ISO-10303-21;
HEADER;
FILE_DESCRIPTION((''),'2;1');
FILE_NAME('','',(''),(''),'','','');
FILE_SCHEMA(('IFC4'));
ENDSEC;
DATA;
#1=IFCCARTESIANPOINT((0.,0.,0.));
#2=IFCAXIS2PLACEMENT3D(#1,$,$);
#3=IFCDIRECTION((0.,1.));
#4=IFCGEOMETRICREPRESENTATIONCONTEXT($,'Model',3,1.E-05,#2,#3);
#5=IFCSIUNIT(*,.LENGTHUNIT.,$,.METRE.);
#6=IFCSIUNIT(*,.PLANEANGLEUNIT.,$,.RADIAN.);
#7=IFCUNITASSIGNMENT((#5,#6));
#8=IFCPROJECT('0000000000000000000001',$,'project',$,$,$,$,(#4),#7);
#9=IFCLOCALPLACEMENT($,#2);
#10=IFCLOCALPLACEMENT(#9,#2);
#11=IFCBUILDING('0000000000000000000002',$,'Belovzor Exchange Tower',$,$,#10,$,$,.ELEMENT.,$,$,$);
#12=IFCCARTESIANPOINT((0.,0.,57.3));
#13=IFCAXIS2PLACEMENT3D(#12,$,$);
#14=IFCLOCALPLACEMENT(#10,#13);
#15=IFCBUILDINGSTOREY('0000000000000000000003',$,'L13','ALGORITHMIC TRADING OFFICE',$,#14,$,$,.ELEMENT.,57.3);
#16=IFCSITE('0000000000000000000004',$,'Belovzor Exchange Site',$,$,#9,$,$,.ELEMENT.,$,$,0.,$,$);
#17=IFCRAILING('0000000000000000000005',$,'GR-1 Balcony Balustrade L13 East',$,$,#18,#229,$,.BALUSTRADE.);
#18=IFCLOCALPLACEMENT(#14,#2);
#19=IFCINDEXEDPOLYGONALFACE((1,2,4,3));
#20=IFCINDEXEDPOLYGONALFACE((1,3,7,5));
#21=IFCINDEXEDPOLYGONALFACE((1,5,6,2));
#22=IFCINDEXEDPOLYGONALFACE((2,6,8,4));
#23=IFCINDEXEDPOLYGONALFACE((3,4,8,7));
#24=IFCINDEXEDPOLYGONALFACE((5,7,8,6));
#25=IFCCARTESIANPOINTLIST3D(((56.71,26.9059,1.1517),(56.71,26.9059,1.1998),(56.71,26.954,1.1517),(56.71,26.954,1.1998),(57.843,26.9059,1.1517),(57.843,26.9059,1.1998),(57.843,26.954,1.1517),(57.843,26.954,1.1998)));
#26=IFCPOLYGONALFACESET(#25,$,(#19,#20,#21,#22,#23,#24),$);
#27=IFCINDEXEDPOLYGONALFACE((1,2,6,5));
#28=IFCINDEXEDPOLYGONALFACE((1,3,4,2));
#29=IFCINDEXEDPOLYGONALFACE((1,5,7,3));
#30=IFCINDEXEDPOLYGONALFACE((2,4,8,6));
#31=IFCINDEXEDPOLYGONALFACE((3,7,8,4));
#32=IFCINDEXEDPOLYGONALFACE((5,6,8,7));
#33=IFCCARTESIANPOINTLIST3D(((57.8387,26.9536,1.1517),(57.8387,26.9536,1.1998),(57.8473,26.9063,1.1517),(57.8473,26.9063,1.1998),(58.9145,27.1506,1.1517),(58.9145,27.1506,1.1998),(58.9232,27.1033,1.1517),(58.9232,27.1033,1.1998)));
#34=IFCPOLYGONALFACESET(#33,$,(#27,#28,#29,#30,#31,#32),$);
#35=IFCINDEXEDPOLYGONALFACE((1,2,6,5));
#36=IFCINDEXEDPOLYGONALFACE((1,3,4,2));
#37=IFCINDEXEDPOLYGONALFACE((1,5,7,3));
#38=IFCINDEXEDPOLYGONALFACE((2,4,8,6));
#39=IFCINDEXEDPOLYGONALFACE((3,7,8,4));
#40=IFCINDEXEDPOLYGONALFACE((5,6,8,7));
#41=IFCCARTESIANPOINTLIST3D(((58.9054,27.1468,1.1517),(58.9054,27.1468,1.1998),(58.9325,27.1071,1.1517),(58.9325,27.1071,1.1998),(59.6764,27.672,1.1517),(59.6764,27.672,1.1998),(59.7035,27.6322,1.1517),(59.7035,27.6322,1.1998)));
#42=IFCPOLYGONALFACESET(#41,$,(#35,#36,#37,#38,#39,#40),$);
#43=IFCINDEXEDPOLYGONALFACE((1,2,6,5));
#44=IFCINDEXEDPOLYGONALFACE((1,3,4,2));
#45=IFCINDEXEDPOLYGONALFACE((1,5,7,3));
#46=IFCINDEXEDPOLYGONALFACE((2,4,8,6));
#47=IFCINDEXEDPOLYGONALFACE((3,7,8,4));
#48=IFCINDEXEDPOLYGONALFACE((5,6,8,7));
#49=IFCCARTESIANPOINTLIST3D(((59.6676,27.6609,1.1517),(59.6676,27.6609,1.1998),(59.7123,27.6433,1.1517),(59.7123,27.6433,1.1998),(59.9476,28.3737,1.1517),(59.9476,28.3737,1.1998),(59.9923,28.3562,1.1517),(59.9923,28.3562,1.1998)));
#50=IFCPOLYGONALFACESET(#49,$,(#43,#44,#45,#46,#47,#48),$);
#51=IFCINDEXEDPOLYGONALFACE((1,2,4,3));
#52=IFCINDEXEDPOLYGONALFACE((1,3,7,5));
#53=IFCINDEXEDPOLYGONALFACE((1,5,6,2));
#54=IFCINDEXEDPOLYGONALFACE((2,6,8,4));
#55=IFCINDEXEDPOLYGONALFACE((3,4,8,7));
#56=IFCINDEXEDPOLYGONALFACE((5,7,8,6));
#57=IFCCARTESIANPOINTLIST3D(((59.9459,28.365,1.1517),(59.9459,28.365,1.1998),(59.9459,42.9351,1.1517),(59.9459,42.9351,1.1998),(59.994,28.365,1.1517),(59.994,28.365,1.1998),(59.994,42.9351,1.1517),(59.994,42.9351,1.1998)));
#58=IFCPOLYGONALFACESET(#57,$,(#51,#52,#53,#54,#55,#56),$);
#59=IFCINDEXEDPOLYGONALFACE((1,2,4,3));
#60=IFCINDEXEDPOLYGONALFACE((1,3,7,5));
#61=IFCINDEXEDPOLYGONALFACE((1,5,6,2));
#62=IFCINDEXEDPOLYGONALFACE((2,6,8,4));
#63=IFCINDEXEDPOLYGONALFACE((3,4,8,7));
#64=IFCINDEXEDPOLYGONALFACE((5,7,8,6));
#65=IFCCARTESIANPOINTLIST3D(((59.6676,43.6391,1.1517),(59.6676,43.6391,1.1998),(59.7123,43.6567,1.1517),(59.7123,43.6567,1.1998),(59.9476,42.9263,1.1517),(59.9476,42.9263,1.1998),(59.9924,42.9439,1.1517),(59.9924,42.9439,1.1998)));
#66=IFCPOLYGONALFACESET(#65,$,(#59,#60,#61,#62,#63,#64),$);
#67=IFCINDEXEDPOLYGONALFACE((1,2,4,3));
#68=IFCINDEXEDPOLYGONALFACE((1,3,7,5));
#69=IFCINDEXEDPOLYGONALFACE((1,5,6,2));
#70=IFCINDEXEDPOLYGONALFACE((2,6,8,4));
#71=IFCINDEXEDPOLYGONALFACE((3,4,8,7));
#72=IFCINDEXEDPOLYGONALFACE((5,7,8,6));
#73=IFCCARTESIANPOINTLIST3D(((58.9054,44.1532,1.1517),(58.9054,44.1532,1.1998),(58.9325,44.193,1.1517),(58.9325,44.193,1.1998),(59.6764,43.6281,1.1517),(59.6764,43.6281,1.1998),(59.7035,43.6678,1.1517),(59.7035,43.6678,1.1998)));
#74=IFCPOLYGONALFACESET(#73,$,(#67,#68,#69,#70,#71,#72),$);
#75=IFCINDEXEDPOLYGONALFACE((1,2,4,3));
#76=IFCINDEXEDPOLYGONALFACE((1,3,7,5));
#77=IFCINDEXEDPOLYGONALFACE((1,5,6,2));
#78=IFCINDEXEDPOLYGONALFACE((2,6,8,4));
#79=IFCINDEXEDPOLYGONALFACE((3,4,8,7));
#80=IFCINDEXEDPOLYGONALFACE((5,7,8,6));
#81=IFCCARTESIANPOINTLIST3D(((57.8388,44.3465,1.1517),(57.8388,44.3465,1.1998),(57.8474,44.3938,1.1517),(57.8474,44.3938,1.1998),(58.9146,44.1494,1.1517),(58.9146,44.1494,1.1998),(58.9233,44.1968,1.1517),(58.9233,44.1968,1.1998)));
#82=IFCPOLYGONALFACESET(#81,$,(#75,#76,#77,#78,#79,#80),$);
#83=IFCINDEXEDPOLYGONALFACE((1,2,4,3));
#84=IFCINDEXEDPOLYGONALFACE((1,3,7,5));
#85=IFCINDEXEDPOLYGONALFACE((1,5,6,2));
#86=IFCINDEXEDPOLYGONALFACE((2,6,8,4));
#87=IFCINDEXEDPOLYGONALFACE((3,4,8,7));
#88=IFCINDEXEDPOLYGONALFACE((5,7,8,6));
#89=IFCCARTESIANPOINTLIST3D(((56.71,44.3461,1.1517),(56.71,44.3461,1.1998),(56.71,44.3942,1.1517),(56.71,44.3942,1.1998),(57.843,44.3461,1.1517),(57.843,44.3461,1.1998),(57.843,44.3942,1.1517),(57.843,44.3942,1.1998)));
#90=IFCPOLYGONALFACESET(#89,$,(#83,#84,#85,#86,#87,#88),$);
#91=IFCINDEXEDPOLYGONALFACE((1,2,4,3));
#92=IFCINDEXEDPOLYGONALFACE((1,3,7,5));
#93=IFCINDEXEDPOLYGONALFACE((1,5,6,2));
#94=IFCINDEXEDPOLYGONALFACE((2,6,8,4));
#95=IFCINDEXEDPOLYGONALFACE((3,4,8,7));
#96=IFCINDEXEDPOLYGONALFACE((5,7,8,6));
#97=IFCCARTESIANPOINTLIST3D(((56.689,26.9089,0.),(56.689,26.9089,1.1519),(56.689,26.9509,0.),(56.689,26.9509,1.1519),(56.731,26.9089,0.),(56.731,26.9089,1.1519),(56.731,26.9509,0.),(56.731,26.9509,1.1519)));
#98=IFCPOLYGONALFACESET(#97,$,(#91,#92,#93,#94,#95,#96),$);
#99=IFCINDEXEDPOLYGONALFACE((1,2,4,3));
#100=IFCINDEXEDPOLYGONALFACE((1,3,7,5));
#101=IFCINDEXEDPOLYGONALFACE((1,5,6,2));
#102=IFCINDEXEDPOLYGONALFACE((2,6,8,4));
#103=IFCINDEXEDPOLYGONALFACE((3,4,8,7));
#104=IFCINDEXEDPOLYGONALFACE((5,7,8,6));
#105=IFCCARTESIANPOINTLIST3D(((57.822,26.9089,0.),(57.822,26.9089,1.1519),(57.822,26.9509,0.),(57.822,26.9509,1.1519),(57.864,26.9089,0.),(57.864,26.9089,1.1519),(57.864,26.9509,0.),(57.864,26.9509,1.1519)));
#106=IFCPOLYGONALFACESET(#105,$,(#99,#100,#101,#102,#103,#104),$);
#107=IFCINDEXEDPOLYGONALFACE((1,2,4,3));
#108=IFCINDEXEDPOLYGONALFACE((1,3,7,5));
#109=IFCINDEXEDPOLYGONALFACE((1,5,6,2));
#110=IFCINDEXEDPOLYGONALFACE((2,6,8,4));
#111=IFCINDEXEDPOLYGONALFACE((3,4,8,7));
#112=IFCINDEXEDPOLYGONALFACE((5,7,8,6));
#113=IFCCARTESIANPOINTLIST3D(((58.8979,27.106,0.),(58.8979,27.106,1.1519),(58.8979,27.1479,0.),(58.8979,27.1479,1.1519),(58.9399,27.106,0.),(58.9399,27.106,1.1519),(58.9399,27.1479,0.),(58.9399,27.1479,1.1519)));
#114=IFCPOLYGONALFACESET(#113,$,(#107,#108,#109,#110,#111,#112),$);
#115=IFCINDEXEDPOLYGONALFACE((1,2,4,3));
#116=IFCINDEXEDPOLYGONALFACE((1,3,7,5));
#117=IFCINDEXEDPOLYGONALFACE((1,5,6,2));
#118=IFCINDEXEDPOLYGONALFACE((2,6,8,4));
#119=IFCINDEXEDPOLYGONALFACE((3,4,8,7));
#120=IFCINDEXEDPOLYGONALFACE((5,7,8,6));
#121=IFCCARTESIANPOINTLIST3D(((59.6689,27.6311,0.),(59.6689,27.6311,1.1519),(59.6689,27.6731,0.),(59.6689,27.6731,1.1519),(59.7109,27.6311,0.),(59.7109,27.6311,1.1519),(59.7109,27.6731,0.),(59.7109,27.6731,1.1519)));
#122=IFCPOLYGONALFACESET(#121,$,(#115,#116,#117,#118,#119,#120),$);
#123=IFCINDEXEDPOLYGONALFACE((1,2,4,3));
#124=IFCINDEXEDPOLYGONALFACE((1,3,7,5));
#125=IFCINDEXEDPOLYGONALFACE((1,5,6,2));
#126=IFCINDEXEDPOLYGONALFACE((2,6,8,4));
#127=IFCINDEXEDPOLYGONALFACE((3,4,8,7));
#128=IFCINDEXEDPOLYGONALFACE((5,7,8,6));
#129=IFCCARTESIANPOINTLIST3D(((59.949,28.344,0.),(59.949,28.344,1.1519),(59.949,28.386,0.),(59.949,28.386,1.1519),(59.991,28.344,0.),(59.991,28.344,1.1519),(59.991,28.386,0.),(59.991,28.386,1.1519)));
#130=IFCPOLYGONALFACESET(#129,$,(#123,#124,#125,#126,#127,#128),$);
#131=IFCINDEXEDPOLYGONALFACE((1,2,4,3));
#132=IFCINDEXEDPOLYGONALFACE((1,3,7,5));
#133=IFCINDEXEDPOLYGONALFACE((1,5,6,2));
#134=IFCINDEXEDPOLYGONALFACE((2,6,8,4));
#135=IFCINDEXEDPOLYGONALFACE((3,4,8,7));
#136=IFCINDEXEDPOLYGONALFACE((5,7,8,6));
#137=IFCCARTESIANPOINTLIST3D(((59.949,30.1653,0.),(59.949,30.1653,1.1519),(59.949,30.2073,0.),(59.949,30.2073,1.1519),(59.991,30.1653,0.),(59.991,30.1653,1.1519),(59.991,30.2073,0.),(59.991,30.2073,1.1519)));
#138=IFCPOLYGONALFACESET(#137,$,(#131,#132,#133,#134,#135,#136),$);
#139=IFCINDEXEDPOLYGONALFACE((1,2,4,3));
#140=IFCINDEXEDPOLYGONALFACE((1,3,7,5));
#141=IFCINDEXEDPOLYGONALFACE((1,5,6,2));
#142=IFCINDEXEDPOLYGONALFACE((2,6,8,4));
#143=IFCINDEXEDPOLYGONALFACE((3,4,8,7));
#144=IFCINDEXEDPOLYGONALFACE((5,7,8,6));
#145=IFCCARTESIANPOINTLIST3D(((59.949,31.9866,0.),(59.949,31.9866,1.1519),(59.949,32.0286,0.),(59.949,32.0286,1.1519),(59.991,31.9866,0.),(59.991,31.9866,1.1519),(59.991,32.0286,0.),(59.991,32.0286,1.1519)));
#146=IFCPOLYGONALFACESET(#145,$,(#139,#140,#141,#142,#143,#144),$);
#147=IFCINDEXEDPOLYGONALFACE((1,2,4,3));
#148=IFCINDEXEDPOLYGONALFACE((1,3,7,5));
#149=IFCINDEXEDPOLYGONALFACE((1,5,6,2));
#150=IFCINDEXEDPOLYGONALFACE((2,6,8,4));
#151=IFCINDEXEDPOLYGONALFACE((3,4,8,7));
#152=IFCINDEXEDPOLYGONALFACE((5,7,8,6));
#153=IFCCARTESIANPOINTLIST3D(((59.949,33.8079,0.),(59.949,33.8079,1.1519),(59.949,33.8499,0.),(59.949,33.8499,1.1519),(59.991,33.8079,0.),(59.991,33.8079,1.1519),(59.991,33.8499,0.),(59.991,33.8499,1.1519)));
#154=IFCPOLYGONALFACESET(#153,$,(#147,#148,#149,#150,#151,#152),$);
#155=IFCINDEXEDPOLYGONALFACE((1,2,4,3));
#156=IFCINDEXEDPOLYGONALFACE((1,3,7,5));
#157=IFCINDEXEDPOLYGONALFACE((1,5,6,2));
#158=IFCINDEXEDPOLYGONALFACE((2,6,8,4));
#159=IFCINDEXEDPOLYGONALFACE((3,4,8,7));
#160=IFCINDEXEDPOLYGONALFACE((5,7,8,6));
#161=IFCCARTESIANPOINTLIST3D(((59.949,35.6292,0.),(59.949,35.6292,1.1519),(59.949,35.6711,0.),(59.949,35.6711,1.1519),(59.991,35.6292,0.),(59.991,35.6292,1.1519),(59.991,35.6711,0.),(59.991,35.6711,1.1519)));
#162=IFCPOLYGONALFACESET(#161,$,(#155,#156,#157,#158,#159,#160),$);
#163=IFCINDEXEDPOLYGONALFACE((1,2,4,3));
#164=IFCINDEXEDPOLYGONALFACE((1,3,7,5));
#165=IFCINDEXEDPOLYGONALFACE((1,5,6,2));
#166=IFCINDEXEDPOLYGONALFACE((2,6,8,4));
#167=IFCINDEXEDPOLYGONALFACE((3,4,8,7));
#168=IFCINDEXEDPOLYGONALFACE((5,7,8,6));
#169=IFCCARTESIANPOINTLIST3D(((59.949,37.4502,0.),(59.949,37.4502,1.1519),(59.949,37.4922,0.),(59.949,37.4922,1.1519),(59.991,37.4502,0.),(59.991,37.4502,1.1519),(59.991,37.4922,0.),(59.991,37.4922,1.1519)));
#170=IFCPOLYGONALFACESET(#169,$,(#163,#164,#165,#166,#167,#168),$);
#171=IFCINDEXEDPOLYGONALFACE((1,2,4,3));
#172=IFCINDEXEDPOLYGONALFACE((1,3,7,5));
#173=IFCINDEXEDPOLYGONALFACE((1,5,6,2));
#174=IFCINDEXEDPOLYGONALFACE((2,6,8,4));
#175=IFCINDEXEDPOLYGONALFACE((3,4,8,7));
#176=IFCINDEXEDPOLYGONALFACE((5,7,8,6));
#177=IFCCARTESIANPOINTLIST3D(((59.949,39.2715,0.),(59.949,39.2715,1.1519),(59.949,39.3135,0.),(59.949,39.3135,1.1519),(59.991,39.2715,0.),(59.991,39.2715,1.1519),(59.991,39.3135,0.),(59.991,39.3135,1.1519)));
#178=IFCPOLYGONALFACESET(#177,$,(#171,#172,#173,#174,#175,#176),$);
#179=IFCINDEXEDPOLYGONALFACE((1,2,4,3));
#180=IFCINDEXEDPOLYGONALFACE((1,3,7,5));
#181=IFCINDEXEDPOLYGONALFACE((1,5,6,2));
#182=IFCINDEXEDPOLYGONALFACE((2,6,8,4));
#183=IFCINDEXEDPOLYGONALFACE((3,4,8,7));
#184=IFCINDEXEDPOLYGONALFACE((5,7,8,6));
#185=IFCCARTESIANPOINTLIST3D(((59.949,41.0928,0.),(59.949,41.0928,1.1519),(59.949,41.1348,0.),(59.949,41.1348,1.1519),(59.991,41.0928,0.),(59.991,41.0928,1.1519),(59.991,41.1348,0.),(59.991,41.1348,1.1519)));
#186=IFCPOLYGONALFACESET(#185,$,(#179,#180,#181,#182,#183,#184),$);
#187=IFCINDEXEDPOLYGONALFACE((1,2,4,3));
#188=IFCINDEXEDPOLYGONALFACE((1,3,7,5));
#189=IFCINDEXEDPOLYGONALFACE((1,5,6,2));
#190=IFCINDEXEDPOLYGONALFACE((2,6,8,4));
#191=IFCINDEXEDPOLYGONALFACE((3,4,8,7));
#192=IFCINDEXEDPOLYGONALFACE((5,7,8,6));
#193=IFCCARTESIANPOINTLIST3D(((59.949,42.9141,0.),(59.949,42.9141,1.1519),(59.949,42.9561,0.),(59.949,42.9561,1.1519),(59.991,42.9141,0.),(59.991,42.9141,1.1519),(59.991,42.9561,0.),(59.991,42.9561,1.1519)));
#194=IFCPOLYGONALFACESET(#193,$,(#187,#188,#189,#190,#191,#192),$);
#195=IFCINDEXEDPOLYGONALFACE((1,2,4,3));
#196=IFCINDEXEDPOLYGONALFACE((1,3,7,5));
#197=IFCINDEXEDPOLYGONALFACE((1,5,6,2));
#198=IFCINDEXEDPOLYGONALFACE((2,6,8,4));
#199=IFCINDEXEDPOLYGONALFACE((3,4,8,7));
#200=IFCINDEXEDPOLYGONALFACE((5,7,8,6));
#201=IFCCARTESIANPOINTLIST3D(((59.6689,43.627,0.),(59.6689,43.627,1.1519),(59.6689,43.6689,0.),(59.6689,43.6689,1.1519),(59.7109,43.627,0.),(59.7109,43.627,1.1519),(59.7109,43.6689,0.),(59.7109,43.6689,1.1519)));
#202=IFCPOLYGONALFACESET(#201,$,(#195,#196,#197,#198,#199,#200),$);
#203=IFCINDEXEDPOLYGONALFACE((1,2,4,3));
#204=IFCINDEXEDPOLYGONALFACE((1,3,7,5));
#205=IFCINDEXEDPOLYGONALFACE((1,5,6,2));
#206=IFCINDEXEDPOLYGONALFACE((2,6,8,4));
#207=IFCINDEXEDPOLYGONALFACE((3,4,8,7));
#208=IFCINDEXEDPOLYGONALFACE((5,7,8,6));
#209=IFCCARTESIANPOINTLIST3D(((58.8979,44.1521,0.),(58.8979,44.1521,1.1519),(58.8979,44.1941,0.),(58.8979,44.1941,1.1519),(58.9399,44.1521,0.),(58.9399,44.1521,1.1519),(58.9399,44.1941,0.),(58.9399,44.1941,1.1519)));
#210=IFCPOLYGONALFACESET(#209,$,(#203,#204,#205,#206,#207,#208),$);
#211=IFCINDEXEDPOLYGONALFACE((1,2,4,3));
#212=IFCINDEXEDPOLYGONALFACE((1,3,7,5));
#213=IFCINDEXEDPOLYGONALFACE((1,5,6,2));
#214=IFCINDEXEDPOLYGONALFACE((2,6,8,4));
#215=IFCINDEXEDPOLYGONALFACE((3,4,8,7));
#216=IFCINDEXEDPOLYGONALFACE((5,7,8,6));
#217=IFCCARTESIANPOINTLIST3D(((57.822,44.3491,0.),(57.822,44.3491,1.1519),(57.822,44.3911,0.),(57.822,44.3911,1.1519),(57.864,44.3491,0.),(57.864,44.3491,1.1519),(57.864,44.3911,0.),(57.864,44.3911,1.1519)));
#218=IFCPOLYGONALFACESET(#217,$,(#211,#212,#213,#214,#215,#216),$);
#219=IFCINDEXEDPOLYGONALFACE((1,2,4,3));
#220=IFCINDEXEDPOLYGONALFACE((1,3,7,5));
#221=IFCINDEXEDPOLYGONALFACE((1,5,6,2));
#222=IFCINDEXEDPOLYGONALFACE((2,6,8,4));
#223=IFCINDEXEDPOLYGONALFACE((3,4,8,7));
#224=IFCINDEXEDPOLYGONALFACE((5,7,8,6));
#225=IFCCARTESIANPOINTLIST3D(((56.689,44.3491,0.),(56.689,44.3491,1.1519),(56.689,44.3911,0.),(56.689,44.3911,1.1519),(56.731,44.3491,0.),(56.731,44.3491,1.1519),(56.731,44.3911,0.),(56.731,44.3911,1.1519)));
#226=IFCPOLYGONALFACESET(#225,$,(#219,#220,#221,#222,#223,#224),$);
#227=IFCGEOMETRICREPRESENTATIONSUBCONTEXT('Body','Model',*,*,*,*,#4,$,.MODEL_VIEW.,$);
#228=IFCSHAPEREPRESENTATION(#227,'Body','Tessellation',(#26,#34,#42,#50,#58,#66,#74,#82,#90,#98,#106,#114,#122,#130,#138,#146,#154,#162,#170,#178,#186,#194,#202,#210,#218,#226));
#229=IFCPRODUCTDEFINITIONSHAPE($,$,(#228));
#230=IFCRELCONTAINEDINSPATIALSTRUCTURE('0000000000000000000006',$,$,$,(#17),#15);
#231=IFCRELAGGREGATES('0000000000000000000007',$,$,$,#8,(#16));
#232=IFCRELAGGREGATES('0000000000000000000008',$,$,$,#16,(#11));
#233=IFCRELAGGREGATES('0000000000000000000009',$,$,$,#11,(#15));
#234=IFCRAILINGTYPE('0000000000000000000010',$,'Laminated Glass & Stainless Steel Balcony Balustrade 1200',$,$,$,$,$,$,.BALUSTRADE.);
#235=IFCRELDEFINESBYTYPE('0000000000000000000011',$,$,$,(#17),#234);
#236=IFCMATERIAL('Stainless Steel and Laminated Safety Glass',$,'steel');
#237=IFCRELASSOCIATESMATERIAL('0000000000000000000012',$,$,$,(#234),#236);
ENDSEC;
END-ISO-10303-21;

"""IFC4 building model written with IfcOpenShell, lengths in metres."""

from ifc_helpers import new_model, si_unit, direction, frame, origin, origin_2d, place, context, subcontext, project, spatial, rectangle, extrude, material, type_object, element, save


model = new_model("IFC4")

# Units and contexts
model_context = context("Model", 3, precision=1e-05, world=origin(), true_north=direction((0.0, 1.0)))
body_context = subcontext(model_context, "Body", "Model", "MODEL_VIEW")
ifc_project = project(units=[si_unit("LENGTHUNIT", "METRE"), si_unit("PLANEANGLEUNIT", "RADIAN")], contexts=[model_context])

# Site, building, storey
site_placement = place(None, origin())
site = spatial("IfcSite", under=ifc_project, at=site_placement, Name="Belovzor Exchange Site", CompositionType="ELEMENT", RefElevation=0.0)
building_placement = place(site_placement, origin())
building = spatial("IfcBuilding", under=site, at=building_placement, Name="Belovzor Exchange Tower", CompositionType="ELEMENT")
storey_placement = place(building_placement, frame((0.0, 0.0, 57.3)))
storey = spatial("IfcBuildingStorey", under=building, at=storey_placement, Name="L13", Description="ALGORITHMIC TRADING OFFICE", CompositionType="ELEMENT", Elevation=57.3)

# Railing
ifc_material_1 = material(Name="Stainless Steel and Laminated Safety Glass", Category="steel")
railing_type = type_object("IfcRailingType", Name="Laminated Glass & Stainless Steel Balcony Balustrade 1200", PredefinedType="BALUSTRADE", material=ifc_material_1)
railing_placement = place(storey_placement, frame((56.71, 26.9299, 0.0)))
element("IfcRailing", 1, at=railing_placement, inside=storey, type_object=railing_type, Name="GR-1 Balcony Balustrade L13 East", PredefinedType="BALUSTRADE", context=body_context, shape_type="SweptSolid", body=[
    extrude(rectangle(XDim=0.0481, YDim=0.0481, at=origin_2d()), frame((0.0, 0.0, 1.1758), z_axis=(1.0, 0.0, 0.0), x_axis=(0.0, 1.0, 0.0)), (0.0, 0.0, 1.0), 1.1331),
    extrude(rectangle(XDim=0.0481, YDim=0.0481, at=origin_2d()), frame((1.1331, 0.0, 1.1758), z_axis=(0.983644, 0.180123, 0.0), x_axis=(-0.180123, 0.983644, 0.0)), (0.0, 0.0, 1.0), 1.0938),
    extrude(rectangle(XDim=0.0481, YDim=0.0481, at=origin_2d()), frame((2.209, 0.197, 1.1758), z_axis=(0.826493, 0.562947, 0.0), x_axis=(-0.562947, 0.826493, 0.0)), (0.0, 0.0, 1.0), 0.9329),
    extrude(rectangle(XDim=0.0481, YDim=0.0481, at=origin_2d()), frame((2.98, 0.7222, 1.1758), z_axis=(0.365613, 0.930767, 0.0), x_axis=(-0.930767, 0.365613, 0.0)), (0.0, 0.0, 1.0), 0.7659),
    extrude(rectangle(XDim=0.0481, YDim=0.0481, at=origin_2d()), frame((3.26, 1.4351, 1.1758), z_axis=(0.0, 1.0, 0.0), x_axis=(-1.0, 0.0, 0.0)), (0.0, 0.0, 1.0), 14.5701),
    extrude(rectangle(XDim=0.0481, YDim=0.0481, at=origin_2d()), frame((3.26, 16.0051, 1.1758), z_axis=(-0.365613, 0.930767, 0.0), x_axis=(-0.930767, -0.365613, 0.0)), (0.0, 0.0, 1.0), 0.7659),
    extrude(rectangle(XDim=0.0481, YDim=0.0481, at=origin_2d()), frame((2.98, 16.718, 1.1758), z_axis=(-0.826493, 0.562947, 0.0), x_axis=(-0.562947, -0.826493, 0.0)), (0.0, 0.0, 1.0), 0.9329),
    extrude(rectangle(XDim=0.0481, YDim=0.0481, at=origin_2d()), frame((2.209, 17.2432, 1.1758), z_axis=(-0.983644, 0.180123, 0.0), x_axis=(-0.180123, -0.983644, 0.0)), (0.0, 0.0, 1.0), 1.0938),
    extrude(rectangle(XDim=0.0481, YDim=0.0481, at=origin_2d()), frame((1.1331, 17.4402, 1.1758), z_axis=(-1.0, 0.0, 0.0), x_axis=(0.0, -1.0, 0.0)), (0.0, 0.0, 1.0), 1.1331),
    extrude(rectangle(XDim=0.042, YDim=0.042, at=origin_2d()), origin(), (0.0, 0.0, 1.0), 1.1519),
    extrude(rectangle(XDim=0.042, YDim=0.042, at=origin_2d()), frame((1.1331, 0.0, 0.0)), (0.0, 0.0, 1.0), 1.1519),
    extrude(rectangle(XDim=0.042, YDim=0.042, at=origin_2d()), frame((2.209, 0.197, 0.0)), (0.0, 0.0, 1.0), 1.1519),
    extrude(rectangle(XDim=0.042, YDim=0.042, at=origin_2d()), frame((2.98, 0.7222, 0.0)), (0.0, 0.0, 1.0), 1.1519),
    extrude(rectangle(XDim=0.042, YDim=0.042, at=origin_2d()), frame((3.26, 1.4351, 0.0)), (0.0, 0.0, 1.0), 1.1519),
    extrude(rectangle(XDim=0.042, YDim=0.042, at=origin_2d()), frame((3.26, 3.2563, 0.0)), (0.0, 0.0, 1.0), 1.1519),
    extrude(rectangle(XDim=0.042, YDim=0.042, at=origin_2d()), frame((3.26, 5.0776, 0.0)), (0.0, 0.0, 1.0), 1.1519),
    extrude(rectangle(XDim=0.042, YDim=0.042, at=origin_2d()), frame((3.26, 6.8989, 0.0)), (0.0, 0.0, 1.0), 1.1519),
    extrude(rectangle(XDim=0.042, YDim=0.042, at=origin_2d()), frame((3.26, 8.7202, 0.0)), (0.0, 0.0, 1.0), 1.1519),
    extrude(rectangle(XDim=0.042, YDim=0.042, at=origin_2d()), frame((3.26, 10.5413, 0.0)), (0.0, 0.0, 1.0), 1.1519),
    extrude(rectangle(XDim=0.042, YDim=0.042, at=origin_2d()), frame((3.26, 12.3625, 0.0)), (0.0, 0.0, 1.0), 1.1519),
    extrude(rectangle(XDim=0.042, YDim=0.042, at=origin_2d()), frame((3.26, 14.1838, 0.0)), (0.0, 0.0, 1.0), 1.1519),
    extrude(rectangle(XDim=0.042, YDim=0.042, at=origin_2d()), frame((3.26, 16.0051, 0.0)), (0.0, 0.0, 1.0), 1.1519),
    extrude(rectangle(XDim=0.042, YDim=0.042, at=origin_2d()), frame((2.98, 16.718, 0.0)), (0.0, 0.0, 1.0), 1.1519),
    extrude(rectangle(XDim=0.042, YDim=0.042, at=origin_2d()), frame((2.209, 17.2432, 0.0)), (0.0, 0.0, 1.0), 1.1519),
    extrude(rectangle(XDim=0.042, YDim=0.042, at=origin_2d()), frame((1.1331, 17.4402, 0.0)), (0.0, 0.0, 1.0), 1.1519),
    extrude(rectangle(XDim=0.042, YDim=0.042, at=origin_2d()), frame((0.0, 17.4402, 0.0)), (0.0, 0.0, 1.0), 1.1519),
])

save(model, "model.ifc")
